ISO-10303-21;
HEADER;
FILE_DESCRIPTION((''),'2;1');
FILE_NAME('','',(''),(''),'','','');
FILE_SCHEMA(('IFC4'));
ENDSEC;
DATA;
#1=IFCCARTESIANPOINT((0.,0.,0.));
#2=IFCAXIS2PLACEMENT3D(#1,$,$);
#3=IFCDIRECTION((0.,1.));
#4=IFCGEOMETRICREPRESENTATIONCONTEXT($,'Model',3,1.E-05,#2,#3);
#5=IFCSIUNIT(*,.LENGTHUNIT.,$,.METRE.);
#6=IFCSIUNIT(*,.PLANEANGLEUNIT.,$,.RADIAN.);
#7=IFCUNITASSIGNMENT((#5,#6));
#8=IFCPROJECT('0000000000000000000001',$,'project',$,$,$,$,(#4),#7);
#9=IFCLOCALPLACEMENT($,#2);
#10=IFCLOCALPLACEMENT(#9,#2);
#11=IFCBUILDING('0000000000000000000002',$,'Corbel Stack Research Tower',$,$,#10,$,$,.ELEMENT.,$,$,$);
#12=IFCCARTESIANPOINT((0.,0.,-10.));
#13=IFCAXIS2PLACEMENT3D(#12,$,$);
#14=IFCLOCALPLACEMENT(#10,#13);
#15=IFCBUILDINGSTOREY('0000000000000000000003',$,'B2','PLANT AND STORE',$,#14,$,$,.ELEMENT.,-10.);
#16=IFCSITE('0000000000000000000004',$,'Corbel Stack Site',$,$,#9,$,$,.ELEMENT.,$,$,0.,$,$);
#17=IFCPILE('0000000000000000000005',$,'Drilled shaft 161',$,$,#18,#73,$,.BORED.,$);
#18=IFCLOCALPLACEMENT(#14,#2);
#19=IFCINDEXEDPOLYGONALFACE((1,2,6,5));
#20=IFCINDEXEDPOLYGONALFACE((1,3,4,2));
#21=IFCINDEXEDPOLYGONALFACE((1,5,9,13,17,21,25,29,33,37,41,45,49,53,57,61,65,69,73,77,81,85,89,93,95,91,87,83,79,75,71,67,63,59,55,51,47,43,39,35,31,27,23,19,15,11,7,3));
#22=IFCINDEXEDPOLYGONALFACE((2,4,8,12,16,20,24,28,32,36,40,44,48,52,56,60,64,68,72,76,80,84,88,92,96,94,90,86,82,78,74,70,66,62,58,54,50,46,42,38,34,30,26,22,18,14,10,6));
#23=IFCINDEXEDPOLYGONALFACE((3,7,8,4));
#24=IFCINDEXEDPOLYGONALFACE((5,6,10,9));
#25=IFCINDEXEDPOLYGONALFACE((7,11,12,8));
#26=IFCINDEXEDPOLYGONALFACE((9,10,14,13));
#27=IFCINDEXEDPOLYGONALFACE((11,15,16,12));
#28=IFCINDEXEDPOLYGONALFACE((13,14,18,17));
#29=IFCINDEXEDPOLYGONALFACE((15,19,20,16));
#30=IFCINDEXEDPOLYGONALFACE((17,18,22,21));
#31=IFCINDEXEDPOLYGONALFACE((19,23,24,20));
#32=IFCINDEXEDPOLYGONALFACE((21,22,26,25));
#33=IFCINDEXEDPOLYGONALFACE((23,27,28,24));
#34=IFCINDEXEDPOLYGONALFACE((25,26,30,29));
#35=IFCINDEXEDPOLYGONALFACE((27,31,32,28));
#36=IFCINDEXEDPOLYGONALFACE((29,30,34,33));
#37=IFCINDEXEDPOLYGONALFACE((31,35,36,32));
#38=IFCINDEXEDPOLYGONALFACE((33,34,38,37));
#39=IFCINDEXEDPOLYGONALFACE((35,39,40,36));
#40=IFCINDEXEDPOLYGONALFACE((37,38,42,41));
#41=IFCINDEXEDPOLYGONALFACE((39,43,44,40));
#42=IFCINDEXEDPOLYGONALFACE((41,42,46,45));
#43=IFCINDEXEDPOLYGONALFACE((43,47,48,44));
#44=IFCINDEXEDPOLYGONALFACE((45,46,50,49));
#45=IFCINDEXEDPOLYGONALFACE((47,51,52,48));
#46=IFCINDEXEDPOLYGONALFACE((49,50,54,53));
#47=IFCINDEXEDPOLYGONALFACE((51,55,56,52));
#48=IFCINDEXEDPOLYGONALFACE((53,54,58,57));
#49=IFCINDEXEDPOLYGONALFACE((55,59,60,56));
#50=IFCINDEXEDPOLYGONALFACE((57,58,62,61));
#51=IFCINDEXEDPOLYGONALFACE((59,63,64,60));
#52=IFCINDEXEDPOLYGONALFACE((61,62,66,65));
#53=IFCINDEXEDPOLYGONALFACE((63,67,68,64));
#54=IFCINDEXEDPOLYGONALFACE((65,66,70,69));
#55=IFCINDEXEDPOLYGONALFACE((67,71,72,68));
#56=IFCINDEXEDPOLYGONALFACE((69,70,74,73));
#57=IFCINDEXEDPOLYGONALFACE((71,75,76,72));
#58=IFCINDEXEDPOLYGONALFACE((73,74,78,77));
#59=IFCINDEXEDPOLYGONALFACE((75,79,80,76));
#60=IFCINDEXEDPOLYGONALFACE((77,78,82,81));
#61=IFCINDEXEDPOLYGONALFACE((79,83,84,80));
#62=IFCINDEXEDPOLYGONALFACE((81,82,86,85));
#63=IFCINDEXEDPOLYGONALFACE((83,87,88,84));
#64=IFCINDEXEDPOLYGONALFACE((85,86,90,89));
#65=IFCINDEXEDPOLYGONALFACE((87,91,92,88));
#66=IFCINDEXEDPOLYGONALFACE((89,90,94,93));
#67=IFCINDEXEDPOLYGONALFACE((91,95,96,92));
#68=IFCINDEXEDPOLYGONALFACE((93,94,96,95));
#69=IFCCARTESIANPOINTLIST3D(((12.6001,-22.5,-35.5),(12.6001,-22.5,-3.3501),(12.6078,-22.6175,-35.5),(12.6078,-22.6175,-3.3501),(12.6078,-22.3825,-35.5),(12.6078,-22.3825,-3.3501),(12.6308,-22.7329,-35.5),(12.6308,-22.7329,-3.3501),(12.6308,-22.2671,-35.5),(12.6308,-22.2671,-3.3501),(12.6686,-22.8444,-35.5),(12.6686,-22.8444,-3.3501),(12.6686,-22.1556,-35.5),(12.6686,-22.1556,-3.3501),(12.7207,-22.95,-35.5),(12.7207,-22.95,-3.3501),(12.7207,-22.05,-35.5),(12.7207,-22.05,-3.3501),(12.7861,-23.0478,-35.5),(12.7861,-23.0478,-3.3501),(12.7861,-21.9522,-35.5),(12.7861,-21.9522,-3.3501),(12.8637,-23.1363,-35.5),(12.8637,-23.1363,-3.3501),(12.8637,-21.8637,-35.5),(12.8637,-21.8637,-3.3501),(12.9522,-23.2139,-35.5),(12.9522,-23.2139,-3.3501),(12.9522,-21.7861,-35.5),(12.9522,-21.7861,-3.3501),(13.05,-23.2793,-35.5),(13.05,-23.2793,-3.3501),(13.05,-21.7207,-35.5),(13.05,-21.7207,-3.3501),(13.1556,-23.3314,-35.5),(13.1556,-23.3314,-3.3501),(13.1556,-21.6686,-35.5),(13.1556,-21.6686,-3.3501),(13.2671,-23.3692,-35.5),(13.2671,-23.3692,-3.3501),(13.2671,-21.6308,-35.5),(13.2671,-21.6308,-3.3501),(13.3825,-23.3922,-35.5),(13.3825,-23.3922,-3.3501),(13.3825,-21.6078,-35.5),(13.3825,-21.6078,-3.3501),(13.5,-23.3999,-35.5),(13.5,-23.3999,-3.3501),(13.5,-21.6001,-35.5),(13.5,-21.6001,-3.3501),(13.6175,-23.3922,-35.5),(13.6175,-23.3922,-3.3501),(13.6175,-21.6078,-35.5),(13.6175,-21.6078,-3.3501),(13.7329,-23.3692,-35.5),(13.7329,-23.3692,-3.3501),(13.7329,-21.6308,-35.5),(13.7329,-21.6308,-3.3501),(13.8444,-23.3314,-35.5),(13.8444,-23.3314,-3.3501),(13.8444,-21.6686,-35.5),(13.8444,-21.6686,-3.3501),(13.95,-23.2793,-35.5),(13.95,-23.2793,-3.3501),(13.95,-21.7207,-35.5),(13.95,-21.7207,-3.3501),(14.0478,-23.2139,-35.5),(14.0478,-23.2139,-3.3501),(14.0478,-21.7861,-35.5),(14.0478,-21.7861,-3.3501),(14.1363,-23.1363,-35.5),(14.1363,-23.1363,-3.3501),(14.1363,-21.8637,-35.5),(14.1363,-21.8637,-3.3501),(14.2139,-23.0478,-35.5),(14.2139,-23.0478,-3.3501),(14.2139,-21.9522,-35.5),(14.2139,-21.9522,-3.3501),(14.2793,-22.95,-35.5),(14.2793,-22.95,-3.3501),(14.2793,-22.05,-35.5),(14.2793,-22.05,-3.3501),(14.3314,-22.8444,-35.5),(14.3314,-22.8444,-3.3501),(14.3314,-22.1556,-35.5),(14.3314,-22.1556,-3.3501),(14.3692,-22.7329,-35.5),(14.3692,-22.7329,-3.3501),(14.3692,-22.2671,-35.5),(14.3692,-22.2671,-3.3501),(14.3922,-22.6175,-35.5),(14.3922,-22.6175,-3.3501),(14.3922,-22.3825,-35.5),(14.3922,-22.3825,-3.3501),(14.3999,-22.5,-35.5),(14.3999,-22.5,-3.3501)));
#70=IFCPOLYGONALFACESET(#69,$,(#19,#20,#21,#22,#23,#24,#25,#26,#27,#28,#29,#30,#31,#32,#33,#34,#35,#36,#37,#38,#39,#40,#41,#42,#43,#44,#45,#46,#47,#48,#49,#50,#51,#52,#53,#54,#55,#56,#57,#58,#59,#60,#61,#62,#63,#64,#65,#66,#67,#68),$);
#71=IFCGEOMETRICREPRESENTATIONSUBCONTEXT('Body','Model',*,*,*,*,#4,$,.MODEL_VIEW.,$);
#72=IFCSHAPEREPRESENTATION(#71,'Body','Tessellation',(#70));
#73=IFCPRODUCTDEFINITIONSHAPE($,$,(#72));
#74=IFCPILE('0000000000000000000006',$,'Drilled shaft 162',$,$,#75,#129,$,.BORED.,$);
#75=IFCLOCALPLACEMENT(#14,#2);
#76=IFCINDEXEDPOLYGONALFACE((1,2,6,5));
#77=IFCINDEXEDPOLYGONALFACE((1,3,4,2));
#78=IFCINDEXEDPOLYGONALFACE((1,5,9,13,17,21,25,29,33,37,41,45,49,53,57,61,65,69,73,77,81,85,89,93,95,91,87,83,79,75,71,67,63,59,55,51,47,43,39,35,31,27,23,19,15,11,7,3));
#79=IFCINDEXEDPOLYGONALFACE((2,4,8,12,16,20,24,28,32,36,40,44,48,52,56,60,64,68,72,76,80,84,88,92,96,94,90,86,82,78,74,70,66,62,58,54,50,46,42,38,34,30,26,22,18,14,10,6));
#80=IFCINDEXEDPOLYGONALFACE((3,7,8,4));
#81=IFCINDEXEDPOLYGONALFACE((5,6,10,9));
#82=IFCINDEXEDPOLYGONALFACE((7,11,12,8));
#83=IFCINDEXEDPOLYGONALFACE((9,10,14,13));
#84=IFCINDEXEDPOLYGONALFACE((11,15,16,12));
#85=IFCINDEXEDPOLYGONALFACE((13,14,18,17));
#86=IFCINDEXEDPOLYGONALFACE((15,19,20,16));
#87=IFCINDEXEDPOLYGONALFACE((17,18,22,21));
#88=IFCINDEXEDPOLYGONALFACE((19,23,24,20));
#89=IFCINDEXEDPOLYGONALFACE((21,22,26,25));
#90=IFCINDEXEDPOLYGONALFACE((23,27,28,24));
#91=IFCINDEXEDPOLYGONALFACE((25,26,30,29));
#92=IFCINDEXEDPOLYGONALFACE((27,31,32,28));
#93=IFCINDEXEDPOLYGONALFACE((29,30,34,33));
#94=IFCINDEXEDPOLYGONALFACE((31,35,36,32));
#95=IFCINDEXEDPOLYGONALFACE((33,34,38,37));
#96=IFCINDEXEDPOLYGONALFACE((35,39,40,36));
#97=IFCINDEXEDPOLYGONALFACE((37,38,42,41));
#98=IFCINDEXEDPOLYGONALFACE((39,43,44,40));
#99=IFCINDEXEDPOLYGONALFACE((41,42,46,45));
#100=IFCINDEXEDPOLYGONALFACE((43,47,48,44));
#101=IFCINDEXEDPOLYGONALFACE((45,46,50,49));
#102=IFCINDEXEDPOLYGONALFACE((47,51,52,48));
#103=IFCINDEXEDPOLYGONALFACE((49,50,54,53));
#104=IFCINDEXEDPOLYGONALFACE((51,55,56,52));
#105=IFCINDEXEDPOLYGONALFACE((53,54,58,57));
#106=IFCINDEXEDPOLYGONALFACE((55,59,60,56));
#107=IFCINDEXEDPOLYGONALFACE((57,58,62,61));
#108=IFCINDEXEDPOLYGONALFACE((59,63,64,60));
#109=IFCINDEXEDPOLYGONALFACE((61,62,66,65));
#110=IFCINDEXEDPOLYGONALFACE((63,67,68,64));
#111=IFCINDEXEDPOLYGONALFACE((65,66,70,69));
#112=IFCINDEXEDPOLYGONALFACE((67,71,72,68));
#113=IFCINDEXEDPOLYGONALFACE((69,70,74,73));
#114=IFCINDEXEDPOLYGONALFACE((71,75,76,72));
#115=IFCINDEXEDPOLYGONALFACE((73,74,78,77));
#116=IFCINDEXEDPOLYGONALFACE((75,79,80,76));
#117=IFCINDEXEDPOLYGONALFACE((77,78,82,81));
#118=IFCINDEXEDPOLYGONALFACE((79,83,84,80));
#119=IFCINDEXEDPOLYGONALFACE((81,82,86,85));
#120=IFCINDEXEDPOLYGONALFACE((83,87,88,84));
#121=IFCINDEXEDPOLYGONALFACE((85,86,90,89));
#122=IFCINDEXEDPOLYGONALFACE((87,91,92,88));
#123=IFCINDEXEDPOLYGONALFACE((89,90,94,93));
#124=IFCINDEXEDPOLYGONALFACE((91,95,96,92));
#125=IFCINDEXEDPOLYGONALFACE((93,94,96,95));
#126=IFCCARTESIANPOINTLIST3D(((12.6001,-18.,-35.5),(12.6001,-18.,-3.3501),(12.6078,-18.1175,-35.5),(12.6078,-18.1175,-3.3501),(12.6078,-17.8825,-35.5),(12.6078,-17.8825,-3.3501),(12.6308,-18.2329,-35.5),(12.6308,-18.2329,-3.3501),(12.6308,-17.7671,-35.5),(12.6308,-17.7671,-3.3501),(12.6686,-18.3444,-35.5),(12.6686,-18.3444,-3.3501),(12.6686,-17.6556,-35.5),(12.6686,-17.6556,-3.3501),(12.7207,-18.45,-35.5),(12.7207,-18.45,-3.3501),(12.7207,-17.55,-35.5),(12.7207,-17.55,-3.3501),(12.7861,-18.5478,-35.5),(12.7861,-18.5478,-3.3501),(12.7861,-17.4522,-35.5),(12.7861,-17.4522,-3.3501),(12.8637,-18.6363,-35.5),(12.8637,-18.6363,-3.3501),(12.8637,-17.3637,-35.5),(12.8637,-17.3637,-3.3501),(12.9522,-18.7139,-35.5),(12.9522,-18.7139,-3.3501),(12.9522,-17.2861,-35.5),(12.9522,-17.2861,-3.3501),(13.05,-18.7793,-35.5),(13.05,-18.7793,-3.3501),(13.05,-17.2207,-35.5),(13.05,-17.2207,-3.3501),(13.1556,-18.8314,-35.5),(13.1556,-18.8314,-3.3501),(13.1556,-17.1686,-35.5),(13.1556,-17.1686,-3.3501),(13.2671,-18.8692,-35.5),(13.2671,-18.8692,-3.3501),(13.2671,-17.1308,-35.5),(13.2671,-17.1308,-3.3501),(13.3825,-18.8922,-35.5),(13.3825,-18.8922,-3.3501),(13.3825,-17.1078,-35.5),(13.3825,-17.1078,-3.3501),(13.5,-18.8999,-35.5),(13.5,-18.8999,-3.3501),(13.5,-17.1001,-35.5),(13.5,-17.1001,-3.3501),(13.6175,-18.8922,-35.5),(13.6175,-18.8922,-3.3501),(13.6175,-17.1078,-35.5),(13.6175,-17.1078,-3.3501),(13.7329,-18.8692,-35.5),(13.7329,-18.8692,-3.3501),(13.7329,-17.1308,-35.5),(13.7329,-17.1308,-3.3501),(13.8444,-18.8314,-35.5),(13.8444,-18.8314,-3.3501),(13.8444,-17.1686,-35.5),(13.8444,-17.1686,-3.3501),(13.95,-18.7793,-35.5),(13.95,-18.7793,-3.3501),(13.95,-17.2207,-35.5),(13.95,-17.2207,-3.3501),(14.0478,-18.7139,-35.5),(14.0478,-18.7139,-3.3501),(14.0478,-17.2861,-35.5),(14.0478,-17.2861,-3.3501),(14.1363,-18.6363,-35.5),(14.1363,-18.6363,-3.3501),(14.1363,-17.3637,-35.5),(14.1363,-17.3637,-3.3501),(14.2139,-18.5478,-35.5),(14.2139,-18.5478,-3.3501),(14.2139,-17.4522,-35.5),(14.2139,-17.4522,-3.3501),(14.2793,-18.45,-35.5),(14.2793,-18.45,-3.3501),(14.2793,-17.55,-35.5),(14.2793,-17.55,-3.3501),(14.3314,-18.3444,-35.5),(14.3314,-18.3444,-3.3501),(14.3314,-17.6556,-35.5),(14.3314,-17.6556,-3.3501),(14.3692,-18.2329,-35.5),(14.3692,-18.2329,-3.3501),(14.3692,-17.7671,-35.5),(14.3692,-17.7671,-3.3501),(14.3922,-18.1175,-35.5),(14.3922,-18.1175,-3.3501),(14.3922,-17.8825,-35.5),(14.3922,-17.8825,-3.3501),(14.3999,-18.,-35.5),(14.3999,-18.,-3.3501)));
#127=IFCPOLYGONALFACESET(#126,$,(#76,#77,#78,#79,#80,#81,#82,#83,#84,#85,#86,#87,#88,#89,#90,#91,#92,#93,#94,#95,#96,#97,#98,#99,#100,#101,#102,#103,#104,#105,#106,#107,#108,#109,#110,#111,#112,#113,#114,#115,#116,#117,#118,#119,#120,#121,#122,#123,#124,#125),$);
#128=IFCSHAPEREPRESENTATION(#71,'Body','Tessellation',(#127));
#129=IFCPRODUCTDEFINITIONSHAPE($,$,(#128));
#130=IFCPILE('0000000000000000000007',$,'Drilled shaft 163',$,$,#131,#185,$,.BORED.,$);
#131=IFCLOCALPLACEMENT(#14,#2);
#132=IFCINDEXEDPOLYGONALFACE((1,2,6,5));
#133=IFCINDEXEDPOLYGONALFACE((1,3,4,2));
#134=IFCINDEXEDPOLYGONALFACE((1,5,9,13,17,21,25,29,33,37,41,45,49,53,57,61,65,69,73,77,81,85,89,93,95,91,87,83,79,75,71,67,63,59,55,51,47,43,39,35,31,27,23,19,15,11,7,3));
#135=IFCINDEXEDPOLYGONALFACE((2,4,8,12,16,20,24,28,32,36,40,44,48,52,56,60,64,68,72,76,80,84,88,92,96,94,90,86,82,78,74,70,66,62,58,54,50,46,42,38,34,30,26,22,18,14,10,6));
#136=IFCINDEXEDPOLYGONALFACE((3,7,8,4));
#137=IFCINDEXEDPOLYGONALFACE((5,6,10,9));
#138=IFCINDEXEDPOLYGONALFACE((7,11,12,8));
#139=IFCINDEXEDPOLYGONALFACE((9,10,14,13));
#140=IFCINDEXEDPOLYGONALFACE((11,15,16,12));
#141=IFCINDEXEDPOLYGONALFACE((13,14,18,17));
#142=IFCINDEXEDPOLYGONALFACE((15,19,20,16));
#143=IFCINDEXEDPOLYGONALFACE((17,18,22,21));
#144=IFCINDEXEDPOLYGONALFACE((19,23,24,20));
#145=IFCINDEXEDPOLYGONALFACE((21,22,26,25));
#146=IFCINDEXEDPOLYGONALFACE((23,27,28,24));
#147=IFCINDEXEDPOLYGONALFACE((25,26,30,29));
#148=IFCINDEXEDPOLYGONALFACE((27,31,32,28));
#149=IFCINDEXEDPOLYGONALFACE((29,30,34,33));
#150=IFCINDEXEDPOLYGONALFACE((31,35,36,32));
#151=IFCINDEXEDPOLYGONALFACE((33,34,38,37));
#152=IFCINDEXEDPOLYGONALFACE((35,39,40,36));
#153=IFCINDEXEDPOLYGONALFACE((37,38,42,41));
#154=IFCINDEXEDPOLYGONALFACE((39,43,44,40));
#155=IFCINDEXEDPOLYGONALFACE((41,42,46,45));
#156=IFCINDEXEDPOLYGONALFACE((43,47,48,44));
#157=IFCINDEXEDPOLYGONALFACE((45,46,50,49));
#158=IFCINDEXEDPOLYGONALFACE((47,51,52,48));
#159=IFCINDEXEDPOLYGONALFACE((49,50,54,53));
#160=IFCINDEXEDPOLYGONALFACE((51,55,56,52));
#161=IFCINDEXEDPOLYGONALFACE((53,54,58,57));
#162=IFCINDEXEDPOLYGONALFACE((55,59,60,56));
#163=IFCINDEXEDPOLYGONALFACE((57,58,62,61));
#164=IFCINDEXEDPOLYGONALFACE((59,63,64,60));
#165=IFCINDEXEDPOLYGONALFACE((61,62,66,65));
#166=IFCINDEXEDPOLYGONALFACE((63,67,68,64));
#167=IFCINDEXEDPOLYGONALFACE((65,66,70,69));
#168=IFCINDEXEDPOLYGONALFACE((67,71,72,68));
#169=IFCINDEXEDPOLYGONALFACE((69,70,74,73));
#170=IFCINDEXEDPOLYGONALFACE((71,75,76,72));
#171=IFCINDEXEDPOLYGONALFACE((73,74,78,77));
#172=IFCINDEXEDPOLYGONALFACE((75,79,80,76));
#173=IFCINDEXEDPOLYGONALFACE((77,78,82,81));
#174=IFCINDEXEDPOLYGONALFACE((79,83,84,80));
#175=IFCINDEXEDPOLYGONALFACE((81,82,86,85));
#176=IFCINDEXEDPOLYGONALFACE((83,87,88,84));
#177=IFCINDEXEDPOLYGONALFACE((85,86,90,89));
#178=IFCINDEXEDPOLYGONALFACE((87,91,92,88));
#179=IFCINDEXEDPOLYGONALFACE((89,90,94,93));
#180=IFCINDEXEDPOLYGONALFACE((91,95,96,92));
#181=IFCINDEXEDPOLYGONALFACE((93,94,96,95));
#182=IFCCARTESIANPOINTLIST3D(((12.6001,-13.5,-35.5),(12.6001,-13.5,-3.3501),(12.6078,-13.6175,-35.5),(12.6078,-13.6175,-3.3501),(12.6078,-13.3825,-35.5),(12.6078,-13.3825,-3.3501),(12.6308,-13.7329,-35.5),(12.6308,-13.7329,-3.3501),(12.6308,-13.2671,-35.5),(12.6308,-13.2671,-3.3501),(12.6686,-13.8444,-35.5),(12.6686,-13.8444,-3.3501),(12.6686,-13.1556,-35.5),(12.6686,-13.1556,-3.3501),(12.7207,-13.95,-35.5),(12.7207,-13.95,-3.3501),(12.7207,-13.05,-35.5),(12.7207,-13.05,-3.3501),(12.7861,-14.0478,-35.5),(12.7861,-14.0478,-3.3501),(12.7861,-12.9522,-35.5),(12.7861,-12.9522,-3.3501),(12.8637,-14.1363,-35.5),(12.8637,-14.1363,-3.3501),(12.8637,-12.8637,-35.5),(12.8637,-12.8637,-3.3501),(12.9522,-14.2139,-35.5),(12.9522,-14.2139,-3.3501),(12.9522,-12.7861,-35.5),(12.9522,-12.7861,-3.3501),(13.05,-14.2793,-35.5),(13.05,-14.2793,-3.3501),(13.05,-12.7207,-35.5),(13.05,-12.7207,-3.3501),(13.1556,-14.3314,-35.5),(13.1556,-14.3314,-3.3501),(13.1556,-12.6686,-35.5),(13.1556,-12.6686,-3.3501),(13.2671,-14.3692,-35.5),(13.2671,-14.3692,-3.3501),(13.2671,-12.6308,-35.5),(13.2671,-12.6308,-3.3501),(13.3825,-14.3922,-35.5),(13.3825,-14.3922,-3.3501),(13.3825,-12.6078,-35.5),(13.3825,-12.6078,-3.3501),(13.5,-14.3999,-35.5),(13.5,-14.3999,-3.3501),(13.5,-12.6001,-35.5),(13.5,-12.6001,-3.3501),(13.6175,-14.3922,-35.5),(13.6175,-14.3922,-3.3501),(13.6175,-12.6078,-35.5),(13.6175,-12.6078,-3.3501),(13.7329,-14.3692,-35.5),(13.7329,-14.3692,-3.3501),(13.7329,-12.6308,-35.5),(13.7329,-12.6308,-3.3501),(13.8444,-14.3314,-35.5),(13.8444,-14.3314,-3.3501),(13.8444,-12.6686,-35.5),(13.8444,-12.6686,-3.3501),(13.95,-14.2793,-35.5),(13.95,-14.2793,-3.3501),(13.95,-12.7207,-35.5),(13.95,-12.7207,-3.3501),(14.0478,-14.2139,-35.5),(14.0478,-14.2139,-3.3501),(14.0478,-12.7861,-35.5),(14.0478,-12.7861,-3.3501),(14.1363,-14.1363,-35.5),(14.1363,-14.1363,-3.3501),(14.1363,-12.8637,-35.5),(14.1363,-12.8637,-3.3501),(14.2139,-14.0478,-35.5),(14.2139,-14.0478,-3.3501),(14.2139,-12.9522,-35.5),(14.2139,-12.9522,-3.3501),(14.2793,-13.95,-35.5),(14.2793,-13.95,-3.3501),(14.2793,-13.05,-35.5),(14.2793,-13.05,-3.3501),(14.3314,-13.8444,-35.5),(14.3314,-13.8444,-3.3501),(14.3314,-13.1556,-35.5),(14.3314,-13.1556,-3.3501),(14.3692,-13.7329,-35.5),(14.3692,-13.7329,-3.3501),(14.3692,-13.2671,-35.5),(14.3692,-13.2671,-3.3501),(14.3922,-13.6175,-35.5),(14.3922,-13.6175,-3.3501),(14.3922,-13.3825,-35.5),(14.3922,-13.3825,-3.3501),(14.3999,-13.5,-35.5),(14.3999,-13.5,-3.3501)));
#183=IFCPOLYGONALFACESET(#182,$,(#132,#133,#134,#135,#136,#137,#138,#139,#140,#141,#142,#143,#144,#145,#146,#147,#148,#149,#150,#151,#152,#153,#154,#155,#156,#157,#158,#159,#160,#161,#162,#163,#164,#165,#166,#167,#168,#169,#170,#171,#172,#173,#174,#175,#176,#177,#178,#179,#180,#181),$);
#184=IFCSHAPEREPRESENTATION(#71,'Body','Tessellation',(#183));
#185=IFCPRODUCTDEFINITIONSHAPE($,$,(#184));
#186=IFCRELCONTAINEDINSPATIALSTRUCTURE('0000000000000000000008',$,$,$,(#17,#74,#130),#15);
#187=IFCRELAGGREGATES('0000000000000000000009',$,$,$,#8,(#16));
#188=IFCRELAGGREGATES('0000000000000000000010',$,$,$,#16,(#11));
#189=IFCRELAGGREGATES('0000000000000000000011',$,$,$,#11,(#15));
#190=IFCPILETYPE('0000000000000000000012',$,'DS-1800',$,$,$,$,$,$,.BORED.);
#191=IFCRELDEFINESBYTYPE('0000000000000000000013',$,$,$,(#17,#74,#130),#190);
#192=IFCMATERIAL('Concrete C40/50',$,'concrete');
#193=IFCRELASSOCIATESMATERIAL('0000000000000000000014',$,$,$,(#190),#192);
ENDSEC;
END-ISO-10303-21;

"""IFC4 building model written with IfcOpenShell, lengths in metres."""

from ifc_helpers import new_model, si_unit, direction, frame, origin, origin_2d, place, context, subcontext, project, spatial, circle, extrude, material, material_profile, profile_set, type_object, element, save


model = new_model("IFC4")

# Units and contexts
model_context = context("Model", 3, precision=1e-05, world=origin(), true_north=direction((0.0, 1.0)))
body_context = subcontext(model_context, "Body", "Model", "MODEL_VIEW")
ifc_project = project(units=[si_unit("LENGTHUNIT", "METRE"), si_unit("PLANEANGLEUNIT", "RADIAN")], contexts=[model_context])

# Site, building, storey
site_placement = place(None, origin())
site = spatial("IfcSite", under=ifc_project, at=site_placement, Name="Corbel Stack Site", CompositionType="ELEMENT", RefElevation=0.0)
building_placement = place(site_placement, origin())
building = spatial("IfcBuilding", under=site, at=building_placement, Name="Corbel Stack Research Tower", CompositionType="ELEMENT")
storey_placement = place(building_placement, frame((0.0, 0.0, -10.0)))
storey = spatial("IfcBuildingStorey", under=building, at=storey_placement, Name="B2", Description="PLANT AND STORE", CompositionType="ELEMENT", Elevation=-10.0)

# Piles
ifc_material_1 = material(Name="Concrete C40/50", Category="concrete")
ifc_material_profile_1 = material_profile(ifc_material_1, circle(Radius=0.8999, at=origin_2d()), Name="Shaft 1800")
ifc_profile_set_1 = profile_set([ifc_material_profile_1], Name="Concrete C40/50")
pile_type = type_object("IfcPileType", Name="DS-1800", PredefinedType="BORED", material=ifc_profile_set_1)
for number, where, z_axis, x_axis, name in (
    (1, (13.5, -22.5, -3.3501), (0.0, 0.0, -1.0), (1.0, 0.0, 0.0), "Drilled shaft 161"),
    (2, (13.5, -18.0, -3.3501), (0.0, 0.0, -1.0), (1.0, 0.0, 0.0), "Drilled shaft 162"),
    (3, (13.5, -13.5, -3.3501), (0.0, 0.0, -1.0), (1.0, 0.0, 0.0), "Drilled shaft 163"),
):
    element("IfcPile", number, at=place(storey_placement, frame(where, z_axis=z_axis, x_axis=x_axis)), inside=storey, type_object=pile_type, Name=name, PredefinedType="BORED", context=body_context, shape_type="SweptSolid", body=[
        extrude(circle(Radius=0.8999, at=origin_2d()), origin(), (0.0, 0.0, 1.0), 32.1499),
    ])

save(model, "model.ifc")
